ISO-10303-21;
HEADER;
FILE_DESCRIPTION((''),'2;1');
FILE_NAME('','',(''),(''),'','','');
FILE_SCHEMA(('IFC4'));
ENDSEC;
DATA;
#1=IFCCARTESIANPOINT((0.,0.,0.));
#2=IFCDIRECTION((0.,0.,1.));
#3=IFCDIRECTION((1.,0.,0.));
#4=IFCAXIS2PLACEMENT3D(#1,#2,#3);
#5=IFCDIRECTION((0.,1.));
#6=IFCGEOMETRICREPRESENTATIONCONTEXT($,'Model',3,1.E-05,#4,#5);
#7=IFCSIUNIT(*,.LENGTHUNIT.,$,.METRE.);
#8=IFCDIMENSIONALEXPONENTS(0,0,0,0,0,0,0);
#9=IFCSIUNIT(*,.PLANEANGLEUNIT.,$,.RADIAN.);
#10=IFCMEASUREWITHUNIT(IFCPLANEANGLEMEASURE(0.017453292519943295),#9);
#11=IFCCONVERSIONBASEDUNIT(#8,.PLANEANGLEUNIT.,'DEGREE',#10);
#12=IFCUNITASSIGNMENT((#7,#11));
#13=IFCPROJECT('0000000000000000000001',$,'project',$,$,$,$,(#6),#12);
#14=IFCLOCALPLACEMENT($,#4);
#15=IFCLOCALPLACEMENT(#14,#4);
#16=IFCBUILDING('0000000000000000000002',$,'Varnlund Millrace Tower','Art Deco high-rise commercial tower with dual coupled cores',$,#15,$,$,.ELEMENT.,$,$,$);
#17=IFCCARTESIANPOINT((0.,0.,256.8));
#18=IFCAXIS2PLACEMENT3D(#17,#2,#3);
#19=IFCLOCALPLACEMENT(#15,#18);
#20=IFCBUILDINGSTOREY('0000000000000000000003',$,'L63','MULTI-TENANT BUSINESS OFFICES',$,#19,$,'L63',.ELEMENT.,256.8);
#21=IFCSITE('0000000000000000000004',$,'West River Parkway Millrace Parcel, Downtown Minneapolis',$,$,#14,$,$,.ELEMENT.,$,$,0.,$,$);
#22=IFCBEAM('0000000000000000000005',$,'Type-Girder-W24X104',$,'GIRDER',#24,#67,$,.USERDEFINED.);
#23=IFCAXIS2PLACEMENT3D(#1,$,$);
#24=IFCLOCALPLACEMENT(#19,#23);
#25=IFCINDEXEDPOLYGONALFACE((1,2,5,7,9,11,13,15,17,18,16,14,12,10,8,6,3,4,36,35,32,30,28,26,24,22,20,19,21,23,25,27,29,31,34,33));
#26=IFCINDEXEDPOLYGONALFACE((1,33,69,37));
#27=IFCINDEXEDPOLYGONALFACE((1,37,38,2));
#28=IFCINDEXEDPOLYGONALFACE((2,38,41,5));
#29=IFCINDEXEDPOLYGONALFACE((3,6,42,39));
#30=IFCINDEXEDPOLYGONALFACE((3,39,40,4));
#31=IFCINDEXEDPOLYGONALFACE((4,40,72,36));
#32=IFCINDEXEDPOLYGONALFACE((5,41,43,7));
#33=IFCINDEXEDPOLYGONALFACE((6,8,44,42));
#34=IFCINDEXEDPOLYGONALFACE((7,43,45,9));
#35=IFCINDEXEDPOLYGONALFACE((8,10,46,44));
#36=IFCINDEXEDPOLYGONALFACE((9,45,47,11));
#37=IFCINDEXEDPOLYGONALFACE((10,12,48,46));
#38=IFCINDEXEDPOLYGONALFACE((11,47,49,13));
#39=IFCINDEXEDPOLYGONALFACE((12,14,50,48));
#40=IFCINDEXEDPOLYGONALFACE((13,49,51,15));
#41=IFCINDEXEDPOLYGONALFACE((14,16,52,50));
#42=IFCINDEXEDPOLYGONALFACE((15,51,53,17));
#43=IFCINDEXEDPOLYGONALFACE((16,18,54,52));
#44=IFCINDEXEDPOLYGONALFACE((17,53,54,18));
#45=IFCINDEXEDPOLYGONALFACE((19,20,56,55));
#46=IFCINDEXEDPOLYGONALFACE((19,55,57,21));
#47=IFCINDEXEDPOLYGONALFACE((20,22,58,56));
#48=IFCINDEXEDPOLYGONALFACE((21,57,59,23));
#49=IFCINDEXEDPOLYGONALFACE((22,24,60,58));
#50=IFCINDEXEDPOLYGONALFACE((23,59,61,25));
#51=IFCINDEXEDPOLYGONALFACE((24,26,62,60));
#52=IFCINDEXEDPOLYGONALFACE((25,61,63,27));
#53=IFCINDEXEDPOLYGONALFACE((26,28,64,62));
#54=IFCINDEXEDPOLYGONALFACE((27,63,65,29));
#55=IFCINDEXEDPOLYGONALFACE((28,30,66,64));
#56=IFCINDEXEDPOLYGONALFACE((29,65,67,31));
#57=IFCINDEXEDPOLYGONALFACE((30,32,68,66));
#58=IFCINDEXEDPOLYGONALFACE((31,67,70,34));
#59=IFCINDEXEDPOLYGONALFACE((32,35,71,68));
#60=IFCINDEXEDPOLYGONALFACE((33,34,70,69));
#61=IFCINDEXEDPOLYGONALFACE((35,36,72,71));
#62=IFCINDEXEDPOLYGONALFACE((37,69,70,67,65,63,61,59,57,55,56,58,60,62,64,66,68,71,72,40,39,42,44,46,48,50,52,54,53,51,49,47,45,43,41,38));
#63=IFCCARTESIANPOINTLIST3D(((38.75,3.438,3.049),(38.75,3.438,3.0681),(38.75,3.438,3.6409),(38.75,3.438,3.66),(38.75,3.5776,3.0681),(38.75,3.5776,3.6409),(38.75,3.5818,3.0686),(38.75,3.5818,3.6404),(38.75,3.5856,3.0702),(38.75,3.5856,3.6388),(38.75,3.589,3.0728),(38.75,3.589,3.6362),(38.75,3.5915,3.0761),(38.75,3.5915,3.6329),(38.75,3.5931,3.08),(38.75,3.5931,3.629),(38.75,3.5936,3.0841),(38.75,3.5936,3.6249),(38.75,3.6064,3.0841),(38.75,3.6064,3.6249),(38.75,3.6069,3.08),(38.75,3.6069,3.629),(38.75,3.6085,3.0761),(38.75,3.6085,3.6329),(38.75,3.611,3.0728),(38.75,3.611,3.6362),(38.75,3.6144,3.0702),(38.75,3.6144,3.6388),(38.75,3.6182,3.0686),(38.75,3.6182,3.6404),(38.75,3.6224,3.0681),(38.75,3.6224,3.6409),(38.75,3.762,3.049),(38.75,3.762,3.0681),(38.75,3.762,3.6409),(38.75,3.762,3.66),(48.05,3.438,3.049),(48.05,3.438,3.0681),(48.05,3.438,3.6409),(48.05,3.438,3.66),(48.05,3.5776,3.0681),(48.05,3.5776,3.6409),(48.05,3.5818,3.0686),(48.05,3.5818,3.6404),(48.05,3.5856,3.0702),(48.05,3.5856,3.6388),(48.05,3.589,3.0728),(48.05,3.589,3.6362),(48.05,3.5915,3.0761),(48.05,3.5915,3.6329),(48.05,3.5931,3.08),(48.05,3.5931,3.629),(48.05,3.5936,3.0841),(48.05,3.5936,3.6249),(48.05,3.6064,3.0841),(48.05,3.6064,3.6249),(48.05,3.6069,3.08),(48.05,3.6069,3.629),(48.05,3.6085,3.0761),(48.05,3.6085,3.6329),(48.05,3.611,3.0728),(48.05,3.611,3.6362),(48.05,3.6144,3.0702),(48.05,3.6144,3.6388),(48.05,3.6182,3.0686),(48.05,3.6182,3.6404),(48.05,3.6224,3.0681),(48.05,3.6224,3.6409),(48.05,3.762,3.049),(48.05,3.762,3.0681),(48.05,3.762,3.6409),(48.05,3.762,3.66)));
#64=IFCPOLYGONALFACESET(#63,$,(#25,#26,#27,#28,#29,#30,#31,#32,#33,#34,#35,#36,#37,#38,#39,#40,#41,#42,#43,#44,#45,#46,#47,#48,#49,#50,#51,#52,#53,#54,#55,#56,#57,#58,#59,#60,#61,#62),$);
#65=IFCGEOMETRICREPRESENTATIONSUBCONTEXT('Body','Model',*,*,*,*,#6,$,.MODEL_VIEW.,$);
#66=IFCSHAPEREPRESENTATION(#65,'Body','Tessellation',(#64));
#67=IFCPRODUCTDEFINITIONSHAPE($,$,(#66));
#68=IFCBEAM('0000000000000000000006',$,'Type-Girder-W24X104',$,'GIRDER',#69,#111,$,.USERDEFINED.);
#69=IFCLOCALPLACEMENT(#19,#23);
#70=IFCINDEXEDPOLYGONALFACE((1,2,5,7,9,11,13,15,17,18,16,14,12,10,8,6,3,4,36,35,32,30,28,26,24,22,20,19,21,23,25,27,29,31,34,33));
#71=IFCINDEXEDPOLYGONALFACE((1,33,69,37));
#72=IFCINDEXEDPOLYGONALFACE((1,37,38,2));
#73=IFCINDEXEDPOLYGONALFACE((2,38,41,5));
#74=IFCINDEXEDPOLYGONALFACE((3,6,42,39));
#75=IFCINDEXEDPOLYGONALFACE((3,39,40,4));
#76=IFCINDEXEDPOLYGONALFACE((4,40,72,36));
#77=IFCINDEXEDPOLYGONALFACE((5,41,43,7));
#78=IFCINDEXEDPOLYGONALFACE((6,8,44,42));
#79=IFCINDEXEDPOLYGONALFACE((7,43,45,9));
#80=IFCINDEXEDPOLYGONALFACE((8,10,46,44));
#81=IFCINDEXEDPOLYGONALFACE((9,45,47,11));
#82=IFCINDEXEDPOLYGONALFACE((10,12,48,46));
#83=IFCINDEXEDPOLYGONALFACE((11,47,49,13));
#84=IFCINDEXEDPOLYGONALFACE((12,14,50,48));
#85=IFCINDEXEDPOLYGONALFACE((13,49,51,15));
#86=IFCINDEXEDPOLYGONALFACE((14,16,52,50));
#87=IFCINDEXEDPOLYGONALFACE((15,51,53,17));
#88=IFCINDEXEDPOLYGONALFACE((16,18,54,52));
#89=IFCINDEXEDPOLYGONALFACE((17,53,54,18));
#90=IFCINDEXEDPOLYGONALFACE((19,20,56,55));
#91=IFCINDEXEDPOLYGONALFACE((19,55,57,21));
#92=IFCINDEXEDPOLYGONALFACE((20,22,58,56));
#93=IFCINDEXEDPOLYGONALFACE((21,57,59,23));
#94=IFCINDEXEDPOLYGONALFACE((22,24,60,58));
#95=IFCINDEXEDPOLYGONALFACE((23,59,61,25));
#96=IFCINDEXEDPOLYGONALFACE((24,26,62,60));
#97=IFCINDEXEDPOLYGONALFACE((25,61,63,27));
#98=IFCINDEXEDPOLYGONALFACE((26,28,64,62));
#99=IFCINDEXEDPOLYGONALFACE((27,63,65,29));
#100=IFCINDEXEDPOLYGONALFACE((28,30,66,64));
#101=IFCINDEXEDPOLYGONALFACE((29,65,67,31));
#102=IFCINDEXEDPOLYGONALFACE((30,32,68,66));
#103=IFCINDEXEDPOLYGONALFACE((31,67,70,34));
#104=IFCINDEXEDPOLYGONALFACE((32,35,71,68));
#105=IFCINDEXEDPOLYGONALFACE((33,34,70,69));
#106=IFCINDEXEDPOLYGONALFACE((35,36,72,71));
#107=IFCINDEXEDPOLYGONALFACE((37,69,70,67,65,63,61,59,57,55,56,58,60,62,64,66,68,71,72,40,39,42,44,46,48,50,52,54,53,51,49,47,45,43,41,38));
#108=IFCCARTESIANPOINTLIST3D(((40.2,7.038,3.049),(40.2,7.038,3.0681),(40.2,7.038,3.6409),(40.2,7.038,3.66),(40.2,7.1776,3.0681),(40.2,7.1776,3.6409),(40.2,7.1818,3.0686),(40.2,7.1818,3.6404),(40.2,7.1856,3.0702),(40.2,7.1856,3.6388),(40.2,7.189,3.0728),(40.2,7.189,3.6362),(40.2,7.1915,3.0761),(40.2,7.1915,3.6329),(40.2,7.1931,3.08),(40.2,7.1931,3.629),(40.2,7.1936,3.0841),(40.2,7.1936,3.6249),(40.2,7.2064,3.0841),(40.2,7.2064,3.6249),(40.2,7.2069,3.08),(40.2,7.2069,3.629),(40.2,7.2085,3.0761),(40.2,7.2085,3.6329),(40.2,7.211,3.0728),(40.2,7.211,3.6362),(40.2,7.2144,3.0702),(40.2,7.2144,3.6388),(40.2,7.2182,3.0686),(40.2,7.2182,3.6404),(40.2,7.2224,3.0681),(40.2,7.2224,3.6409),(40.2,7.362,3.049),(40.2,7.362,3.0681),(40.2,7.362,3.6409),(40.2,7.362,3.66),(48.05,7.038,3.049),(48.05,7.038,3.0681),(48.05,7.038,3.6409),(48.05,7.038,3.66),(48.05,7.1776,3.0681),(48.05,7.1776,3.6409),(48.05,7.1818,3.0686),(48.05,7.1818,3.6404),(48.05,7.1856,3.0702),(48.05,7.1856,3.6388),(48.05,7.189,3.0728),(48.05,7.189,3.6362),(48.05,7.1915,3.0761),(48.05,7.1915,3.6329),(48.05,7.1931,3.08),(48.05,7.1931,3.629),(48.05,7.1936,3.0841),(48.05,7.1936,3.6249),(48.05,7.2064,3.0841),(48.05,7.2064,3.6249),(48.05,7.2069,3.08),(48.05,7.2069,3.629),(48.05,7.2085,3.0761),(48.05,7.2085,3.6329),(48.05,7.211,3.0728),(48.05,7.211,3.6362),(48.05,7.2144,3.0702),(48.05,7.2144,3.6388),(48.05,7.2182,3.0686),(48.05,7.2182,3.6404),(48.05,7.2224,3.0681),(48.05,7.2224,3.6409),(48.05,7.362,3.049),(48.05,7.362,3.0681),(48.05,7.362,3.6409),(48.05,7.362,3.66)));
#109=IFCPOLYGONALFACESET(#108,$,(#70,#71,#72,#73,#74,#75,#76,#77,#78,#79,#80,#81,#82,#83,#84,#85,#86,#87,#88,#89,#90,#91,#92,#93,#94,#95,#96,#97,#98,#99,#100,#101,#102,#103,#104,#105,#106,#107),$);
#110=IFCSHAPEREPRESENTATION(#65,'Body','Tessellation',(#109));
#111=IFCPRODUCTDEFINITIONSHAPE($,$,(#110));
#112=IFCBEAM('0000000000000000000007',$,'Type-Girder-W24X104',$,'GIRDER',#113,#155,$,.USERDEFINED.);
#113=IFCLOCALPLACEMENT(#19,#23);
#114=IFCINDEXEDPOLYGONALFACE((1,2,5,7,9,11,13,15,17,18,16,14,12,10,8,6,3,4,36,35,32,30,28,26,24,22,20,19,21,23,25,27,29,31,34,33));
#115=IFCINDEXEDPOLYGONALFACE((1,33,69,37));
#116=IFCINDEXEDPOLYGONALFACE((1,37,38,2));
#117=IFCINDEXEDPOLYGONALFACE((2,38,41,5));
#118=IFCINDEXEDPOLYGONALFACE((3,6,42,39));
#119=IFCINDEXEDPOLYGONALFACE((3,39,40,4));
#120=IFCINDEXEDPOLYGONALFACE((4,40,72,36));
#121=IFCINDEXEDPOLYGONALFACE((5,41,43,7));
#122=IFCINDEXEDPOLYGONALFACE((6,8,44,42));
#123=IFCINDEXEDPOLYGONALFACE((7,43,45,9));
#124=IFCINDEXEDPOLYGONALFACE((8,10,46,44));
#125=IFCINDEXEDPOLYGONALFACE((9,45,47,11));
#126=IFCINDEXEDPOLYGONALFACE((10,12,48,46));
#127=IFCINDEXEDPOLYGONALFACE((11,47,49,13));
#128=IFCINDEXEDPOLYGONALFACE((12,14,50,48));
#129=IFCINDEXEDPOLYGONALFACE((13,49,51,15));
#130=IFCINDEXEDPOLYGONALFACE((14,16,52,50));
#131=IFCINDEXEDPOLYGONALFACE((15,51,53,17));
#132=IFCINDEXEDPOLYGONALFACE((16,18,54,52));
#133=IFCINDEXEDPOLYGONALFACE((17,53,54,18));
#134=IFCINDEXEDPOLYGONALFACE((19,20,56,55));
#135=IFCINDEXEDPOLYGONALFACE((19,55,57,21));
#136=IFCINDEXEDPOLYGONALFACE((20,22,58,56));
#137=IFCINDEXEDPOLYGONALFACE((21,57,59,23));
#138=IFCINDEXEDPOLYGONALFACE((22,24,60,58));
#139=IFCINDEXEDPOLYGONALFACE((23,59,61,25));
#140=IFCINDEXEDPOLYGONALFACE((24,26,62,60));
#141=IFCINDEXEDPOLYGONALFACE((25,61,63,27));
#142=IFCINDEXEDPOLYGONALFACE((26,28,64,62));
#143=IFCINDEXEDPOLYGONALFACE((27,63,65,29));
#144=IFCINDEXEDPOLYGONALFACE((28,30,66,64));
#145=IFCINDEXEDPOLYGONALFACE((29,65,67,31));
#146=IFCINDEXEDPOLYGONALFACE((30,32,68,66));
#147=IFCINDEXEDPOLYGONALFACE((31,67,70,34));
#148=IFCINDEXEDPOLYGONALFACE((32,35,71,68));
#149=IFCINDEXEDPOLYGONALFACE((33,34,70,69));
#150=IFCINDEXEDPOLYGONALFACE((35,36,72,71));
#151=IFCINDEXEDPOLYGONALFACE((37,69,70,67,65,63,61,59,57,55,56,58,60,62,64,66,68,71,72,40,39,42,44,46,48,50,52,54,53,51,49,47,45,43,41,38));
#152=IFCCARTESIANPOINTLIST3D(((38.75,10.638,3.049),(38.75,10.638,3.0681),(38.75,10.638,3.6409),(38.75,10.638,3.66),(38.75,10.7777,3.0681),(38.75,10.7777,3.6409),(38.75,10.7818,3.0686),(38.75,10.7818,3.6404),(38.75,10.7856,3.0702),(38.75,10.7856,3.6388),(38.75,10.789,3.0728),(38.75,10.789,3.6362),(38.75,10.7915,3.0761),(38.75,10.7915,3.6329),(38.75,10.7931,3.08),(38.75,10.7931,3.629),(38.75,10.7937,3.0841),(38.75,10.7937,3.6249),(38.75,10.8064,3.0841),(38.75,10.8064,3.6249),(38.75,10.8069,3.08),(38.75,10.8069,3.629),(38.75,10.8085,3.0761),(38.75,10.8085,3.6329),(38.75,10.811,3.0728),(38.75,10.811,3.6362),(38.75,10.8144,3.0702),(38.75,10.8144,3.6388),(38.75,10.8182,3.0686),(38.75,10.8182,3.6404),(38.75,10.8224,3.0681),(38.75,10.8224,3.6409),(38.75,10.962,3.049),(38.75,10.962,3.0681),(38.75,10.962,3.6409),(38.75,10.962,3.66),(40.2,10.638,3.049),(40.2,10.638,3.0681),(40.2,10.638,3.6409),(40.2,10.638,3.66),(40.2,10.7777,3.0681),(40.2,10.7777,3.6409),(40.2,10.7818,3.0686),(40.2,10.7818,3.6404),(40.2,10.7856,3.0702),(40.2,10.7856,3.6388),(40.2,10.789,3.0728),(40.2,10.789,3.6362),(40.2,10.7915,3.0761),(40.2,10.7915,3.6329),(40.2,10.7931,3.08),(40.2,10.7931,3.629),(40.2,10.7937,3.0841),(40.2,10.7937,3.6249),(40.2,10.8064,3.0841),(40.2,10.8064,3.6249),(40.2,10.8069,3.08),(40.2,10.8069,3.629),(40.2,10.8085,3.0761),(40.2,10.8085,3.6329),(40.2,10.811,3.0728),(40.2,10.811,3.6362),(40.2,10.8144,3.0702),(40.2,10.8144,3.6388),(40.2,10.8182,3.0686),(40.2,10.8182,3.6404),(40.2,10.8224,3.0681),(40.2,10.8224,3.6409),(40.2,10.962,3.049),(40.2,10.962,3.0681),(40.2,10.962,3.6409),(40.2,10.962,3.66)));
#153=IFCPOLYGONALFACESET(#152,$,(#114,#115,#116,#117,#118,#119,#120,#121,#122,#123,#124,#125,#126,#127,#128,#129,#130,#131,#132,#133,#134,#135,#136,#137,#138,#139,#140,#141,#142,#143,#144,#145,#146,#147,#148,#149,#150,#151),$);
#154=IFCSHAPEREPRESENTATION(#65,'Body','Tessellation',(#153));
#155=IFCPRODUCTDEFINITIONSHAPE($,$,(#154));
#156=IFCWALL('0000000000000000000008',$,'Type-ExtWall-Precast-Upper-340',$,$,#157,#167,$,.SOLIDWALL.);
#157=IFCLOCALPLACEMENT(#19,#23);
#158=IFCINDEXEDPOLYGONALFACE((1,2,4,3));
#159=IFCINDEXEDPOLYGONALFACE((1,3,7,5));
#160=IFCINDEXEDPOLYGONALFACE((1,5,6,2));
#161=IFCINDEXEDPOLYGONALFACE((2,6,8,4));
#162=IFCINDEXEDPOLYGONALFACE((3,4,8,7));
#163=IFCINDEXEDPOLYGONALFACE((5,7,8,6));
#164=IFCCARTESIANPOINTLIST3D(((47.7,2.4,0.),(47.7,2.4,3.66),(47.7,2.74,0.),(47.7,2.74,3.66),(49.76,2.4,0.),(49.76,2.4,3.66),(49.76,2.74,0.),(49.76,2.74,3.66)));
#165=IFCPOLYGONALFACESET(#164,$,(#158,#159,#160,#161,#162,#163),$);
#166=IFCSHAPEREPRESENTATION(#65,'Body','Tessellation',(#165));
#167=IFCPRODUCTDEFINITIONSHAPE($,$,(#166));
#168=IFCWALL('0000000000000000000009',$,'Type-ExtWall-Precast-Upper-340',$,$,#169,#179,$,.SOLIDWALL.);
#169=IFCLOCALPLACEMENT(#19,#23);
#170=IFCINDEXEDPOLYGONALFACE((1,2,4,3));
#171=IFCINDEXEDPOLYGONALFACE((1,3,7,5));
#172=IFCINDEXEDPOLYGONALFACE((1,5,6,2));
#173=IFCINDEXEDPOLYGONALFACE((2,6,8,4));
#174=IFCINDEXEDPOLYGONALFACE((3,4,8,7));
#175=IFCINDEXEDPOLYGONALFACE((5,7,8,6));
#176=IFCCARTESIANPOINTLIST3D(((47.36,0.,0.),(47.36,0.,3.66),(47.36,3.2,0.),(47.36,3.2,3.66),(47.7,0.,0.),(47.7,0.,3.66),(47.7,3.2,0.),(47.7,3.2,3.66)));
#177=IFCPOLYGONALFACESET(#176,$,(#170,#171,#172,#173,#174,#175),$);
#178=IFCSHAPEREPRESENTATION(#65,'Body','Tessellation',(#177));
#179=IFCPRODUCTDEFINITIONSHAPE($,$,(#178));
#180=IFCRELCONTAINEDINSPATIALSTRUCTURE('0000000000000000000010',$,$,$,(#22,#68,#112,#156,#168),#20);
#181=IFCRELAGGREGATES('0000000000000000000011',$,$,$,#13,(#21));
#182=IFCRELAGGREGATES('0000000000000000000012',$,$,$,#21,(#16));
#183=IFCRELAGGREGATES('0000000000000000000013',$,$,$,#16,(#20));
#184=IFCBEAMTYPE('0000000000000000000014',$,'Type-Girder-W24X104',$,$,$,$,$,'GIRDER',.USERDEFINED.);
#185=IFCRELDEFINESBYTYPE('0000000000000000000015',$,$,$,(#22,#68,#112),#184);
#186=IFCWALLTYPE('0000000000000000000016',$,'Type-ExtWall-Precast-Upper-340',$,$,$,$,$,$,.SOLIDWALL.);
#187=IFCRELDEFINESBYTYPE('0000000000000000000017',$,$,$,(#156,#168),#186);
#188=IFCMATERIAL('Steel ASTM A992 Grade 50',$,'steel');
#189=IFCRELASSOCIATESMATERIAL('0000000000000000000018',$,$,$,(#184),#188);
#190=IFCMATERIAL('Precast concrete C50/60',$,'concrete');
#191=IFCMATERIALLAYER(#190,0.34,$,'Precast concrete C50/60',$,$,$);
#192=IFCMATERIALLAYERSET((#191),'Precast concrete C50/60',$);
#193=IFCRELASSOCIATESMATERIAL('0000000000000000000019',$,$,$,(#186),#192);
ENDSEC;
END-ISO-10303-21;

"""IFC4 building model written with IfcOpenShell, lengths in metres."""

from ifc_helpers import new_model, entity, si_unit, converted_unit, direction, frame, origin_with_axes, origin_2d_with_axis, place, context, subcontext, project, spatial, polyline, i_section, outline, extrude, material, layer, layer_set, material_profile, profile_set, type_object, element, save


model = new_model("IFC4")

# Units and contexts
model_context = context("Model", 3, precision=1e-05, world=origin_with_axes(), true_north=direction((0.0, 1.0)))
body_context = subcontext(model_context, "Body", "Model", "MODEL_VIEW")
ifc_project = project(units=[si_unit("LENGTHUNIT", "METRE"), converted_unit("PLANEANGLEUNIT", "DEGREE", entity("IfcPlaneAngleMeasure", 0.017453292519943295), si_unit("PLANEANGLEUNIT", "RADIAN"), dimensions=[0, 0, 0, 0, 0, 0, 0])], contexts=[model_context])

# Site, building, storey
site_placement = place(None, origin_with_axes())
site = spatial("IfcSite", under=ifc_project, at=site_placement, Name="West River Parkway Millrace Parcel, Downtown Minneapolis", CompositionType="ELEMENT", RefElevation=0.0)
building_placement = place(site_placement, origin_with_axes())
building = spatial("IfcBuilding", under=site, at=building_placement, Name="Varnlund Millrace Tower", Description="Art Deco high-rise commercial tower with dual coupled cores", CompositionType="ELEMENT")
storey_placement = place(building_placement, frame((0.0, 0.0, 256.8), z_axis=(0.0, 0.0, 1.0), x_axis=(1.0, 0.0, 0.0)))
storey = spatial("IfcBuildingStorey", under=building, at=storey_placement, Name="L63", Description="MULTI-TENANT BUSINESS OFFICES", LongName="L63", CompositionType="ELEMENT", Elevation=256.8)

# Beams
ifc_material_1 = material(Name="Steel ASTM A992 Grade 50", Category="steel")
ifc_material_profile_1 = material_profile(ifc_material_1, i_section(OverallWidth=0.324, OverallDepth=0.611, WebThickness=0.0127, FlangeThickness=0.0191, FilletRadius=0.016, at=origin_2d_with_axis()), Name="Steel ASTM A992 Grade 50")
ifc_profile_set_1 = profile_set([ifc_material_profile_1], Name="Steel ASTM A992 Grade 50")
beam_type_1 = type_object("IfcBeamType", Name="Type-Girder-W24X104", ElementType="GIRDER", PredefinedType="USERDEFINED", material=ifc_profile_set_1)
beam_1_placement = place(storey_placement, frame((38.75, 3.6, 3.3545), z_axis=(1.0, 0.0, 0.0), x_axis=(0.0, 1.0, 0.0)))
element("IfcBeam", 1, at=beam_1_placement, inside=storey, type_object=beam_type_1, Name="Type-Girder-W24X104", ObjectType="GIRDER", PredefinedType="USERDEFINED", context=body_context, shape_type="SweptSolid", body=[
    extrude(i_section(OverallWidth=0.324, OverallDepth=0.611, WebThickness=0.0127, FlangeThickness=0.0191, FilletRadius=0.016, at=origin_2d_with_axis()), origin_with_axes(), (0.0, 0.0, 1.0), 9.3),
])
beam_2_placement = place(storey_placement, frame((40.2, 7.2, 3.3545), z_axis=(1.0, 0.0, 0.0), x_axis=(0.0, 1.0, 0.0)))
element("IfcBeam", 2, at=beam_2_placement, inside=storey, type_object=beam_type_1, Name="Type-Girder-W24X104", ObjectType="GIRDER", PredefinedType="USERDEFINED", context=body_context, shape_type="SweptSolid", body=[
    extrude(i_section(OverallWidth=0.324, OverallDepth=0.611, WebThickness=0.0127, FlangeThickness=0.0191, FilletRadius=0.016, at=origin_2d_with_axis()), origin_with_axes(), (0.0, 0.0, 1.0), 7.85),
])
beam_3_placement = place(storey_placement, frame((38.75, 10.8, 3.3545), z_axis=(1.0, 0.0, 0.0), x_axis=(0.0, 1.0, 0.0)))
element("IfcBeam", 3, at=beam_3_placement, inside=storey, type_object=beam_type_1, Name="Type-Girder-W24X104", ObjectType="GIRDER", PredefinedType="USERDEFINED", context=body_context, shape_type="SweptSolid", body=[
    extrude(i_section(OverallWidth=0.324, OverallDepth=0.611, WebThickness=0.0127, FlangeThickness=0.0191, FilletRadius=0.016, at=origin_2d_with_axis()), origin_with_axes(), (0.0, 0.0, 1.0), 1.45),
])

# Walls
ifc_material_2 = material(Name="Precast concrete C50/60", Category="concrete")
ifc_layer_1 = layer(ifc_material_2, 0.34, Name="Precast concrete C50/60")
ifc_layer_set_1 = layer_set([ifc_layer_1], Name="Precast concrete C50/60")
wall_type_1 = type_object("IfcWallType", Name="Type-ExtWall-Precast-Upper-340", PredefinedType="SOLIDWALL", material=ifc_layer_set_1)
wall_1_placement = place(storey_placement, frame((49.76, 2.57, 0.0), z_axis=(0.0, 0.0, 1.0), x_axis=(-1.0, 0.0, 0.0)))
element("IfcWall", 4, at=wall_1_placement, inside=storey, type_object=wall_type_1, Name="Type-ExtWall-Precast-Upper-340", PredefinedType="SOLIDWALL", context=body_context, shape_type="SweptSolid", body=[
    extrude(outline(polyline([(0.0, -0.17), (2.06, -0.17), (2.06, 0.17), (0.0, 0.17), (0.0, -0.17)])), origin_with_axes(), (0.0, 0.0, 1.0), 3.66),
])
wall_2_placement = place(storey_placement, frame((47.53, 3.2, 0.0), z_axis=(0.0, 0.0, 1.0), x_axis=(0.0, -1.0, 0.0)))
element("IfcWall", 5, at=wall_2_placement, inside=storey, type_object=wall_type_1, Name="Type-ExtWall-Precast-Upper-340", PredefinedType="SOLIDWALL", context=body_context, shape_type="SweptSolid", body=[
    extrude(outline(polyline([(0.0, -0.17), (3.2, -0.17), (3.2, 0.17), (0.0, 0.17), (0.0, -0.17)])), origin_with_axes(), (0.0, 0.0, 1.0), 3.66),
])

save(model, "model.ifc")
